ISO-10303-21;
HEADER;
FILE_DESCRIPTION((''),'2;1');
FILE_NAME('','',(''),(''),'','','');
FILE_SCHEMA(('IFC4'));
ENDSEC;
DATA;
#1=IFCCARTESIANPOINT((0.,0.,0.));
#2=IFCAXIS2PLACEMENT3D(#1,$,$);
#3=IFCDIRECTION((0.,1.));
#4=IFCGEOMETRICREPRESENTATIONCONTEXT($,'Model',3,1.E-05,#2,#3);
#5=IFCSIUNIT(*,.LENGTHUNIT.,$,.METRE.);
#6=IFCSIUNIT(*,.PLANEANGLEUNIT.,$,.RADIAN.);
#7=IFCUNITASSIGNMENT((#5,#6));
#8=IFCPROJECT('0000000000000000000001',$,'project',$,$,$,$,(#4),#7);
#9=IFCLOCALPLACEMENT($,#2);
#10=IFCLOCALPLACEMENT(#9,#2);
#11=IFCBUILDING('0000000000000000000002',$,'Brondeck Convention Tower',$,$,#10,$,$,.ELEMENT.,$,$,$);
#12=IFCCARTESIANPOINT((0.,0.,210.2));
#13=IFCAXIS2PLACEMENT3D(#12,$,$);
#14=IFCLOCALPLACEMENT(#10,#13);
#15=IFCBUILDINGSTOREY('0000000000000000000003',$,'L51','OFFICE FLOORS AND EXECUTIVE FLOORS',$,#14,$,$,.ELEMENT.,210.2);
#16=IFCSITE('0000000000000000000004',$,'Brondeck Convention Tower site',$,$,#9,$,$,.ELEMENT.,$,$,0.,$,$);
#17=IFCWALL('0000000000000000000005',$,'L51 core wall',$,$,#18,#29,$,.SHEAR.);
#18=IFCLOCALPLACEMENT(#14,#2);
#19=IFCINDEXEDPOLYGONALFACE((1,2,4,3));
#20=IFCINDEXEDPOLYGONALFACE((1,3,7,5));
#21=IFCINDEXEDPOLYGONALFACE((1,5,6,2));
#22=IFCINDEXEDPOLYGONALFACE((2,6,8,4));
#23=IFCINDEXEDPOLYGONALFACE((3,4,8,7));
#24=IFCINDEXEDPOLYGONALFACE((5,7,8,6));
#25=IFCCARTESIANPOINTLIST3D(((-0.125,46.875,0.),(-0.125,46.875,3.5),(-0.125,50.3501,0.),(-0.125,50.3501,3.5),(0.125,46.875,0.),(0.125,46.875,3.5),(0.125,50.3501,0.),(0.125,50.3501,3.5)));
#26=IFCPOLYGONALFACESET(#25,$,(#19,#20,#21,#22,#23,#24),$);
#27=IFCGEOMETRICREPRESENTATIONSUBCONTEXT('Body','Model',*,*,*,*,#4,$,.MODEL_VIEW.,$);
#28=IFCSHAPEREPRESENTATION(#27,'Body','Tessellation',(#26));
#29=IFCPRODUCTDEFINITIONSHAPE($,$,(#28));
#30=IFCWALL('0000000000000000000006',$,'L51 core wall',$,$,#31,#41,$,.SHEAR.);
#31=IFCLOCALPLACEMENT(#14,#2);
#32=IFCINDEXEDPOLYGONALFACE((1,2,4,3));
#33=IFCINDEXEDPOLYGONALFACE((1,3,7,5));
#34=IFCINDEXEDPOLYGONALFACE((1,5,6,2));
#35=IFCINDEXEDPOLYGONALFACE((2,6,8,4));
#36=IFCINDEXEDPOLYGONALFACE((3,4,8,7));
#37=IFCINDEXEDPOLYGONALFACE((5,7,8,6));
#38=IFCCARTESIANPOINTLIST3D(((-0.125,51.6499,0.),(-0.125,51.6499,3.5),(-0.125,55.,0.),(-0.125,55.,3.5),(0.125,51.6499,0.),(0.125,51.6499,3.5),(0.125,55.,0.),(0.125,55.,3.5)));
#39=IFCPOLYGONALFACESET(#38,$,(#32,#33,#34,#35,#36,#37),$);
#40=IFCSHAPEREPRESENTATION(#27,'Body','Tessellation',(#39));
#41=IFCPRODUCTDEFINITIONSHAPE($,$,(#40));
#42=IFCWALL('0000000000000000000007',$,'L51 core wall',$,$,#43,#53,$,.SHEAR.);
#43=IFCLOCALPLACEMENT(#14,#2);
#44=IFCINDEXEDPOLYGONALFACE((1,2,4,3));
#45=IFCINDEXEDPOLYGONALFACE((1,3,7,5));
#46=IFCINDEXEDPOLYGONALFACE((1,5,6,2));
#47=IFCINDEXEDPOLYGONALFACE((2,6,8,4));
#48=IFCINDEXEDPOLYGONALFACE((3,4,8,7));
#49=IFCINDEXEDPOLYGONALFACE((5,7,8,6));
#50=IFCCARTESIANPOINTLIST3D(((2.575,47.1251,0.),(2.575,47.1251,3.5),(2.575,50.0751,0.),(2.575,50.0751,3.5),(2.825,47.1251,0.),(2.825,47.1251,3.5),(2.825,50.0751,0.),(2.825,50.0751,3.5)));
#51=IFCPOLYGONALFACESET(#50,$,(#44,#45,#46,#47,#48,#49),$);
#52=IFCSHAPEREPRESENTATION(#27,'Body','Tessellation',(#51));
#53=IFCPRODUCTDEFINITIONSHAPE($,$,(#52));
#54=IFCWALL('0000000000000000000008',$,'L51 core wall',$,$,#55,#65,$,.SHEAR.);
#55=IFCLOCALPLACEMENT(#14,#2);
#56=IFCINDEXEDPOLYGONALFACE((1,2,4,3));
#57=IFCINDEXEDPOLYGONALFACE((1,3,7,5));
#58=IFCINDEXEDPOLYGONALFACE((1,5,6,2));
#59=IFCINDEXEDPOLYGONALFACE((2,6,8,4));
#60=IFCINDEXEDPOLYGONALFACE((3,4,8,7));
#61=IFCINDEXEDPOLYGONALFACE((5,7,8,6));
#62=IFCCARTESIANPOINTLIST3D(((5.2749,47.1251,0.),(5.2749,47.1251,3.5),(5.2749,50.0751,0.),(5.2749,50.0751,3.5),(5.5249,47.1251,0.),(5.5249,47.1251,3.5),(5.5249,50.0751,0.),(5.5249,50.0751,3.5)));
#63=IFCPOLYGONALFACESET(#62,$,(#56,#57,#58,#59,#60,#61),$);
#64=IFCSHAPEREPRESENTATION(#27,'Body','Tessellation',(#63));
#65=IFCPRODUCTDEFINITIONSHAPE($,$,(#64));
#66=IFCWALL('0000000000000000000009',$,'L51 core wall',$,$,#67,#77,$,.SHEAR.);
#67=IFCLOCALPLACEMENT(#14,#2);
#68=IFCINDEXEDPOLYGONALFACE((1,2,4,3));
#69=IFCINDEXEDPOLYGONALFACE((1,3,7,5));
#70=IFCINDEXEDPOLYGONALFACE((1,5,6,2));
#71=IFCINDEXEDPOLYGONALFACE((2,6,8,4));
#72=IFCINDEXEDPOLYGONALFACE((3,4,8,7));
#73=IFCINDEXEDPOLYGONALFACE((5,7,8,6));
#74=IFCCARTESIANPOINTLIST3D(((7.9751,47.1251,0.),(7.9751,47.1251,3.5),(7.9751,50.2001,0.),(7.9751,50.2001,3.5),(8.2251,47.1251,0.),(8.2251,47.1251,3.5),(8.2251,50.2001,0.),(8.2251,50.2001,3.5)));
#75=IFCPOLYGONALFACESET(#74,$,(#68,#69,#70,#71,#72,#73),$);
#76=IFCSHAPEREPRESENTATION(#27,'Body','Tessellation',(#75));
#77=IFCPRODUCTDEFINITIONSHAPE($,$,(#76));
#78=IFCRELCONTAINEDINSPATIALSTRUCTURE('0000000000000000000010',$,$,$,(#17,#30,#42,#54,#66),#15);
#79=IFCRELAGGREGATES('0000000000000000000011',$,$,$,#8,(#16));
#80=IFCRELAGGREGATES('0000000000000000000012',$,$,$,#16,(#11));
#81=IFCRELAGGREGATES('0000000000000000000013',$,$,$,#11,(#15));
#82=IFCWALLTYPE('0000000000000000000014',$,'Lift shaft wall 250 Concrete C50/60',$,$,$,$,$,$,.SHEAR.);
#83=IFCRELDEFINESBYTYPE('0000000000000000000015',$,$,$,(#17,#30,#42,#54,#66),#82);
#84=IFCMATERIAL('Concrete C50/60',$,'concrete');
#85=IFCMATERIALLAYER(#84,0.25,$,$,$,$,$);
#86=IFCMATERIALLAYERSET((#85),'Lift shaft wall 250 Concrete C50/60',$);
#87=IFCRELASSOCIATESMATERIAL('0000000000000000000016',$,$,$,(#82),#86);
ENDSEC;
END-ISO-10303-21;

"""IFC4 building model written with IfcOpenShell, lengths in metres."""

from ifc_helpers import new_model, si_unit, direction, frame, frame_2d, origin, place, context, subcontext, project, spatial, rectangle, extrude, material, layer, layer_set, type_object, element, save


model = new_model("IFC4")

# Units and contexts
model_context = context("Model", 3, precision=1e-05, world=origin(), true_north=direction((0.0, 1.0)))
body_context = subcontext(model_context, "Body", "Model", "MODEL_VIEW")
ifc_project = project(units=[si_unit("LENGTHUNIT", "METRE"), si_unit("PLANEANGLEUNIT", "RADIAN")], contexts=[model_context])

# Site, building, storey
site_placement = place(None, origin())
site = spatial("IfcSite", under=ifc_project, at=site_placement, Name="Brondeck Convention Tower site", CompositionType="ELEMENT", RefElevation=0.0)
building_placement = place(site_placement, origin())
building = spatial("IfcBuilding", under=site, at=building_placement, Name="Brondeck Convention Tower", CompositionType="ELEMENT")
storey_placement = place(building_placement, frame((0.0, 0.0, 210.2)))
storey = spatial("IfcBuildingStorey", under=building, at=storey_placement, Name="L51", Description="OFFICE FLOORS AND EXECUTIVE FLOORS", CompositionType="ELEMENT", Elevation=210.2)

# Shared definitions
ifc_material_1 = material(Name="Concrete C50/60", Category="concrete")

# Shared definitions
ifc_layer_1 = layer(ifc_material_1, 0.25)
ifc_layer_set_1 = layer_set([ifc_layer_1], Name="Lift shaft wall 250 Concrete C50/60")
wall_type_1 = type_object("IfcWallType", Name="Lift shaft wall 250 Concrete C50/60", PredefinedType="SHEAR", material=ifc_layer_set_1)

# Walls
wall_1_placement = place(storey_placement, frame((0.0, 46.875, 0.0), z_axis=(0.0, 0.0, 1.0), x_axis=(0.0, 1.0, 0.0)))
element("IfcWall", 1, at=wall_1_placement, inside=storey, type_object=wall_type_1, Name="L51 core wall", PredefinedType="SHEAR", context=body_context, shape_type="SweptSolid", body=[
    extrude(rectangle(XDim=3.4751, YDim=0.25, at=frame_2d((1.7375, 0.0))), origin(), (0.0, 0.0, 1.0), 3.5),
])
wall_2_placement = place(storey_placement, frame((0.0, 51.6499, 0.0), z_axis=(0.0, 0.0, 1.0), x_axis=(0.0, 1.0, 0.0)))
element("IfcWall", 2, at=wall_2_placement, inside=storey, type_object=wall_type_1, Name="L51 core wall", PredefinedType="SHEAR", context=body_context, shape_type="SweptSolid", body=[
    extrude(rectangle(XDim=3.3501, YDim=0.25, at=frame_2d((1.675, 0.0))), origin(), (0.0, 0.0, 1.0), 3.5),
])
for number, where, z_axis, x_axis, name in (
    (3, (2.7, 47.125, 0.0), (0.0, 0.0, 1.0), (0.0, 1.0, 0.0), "L51 core wall"),
    (4, (5.3999, 47.125, 0.0), (0.0, 0.0, 1.0), (0.0, 1.0, 0.0), "L51 core wall"),
):
    element("IfcWall", number, at=place(storey_placement, frame(where, z_axis=z_axis, x_axis=x_axis)), inside=storey, type_object=wall_type_1, Name=name, PredefinedType="SHEAR", context=body_context, shape_type="SweptSolid", body=[
        extrude(rectangle(XDim=2.95, YDim=0.25, at=frame_2d((1.4751, 0.0))), origin(), (0.0, 0.0, 1.0), 3.5),
    ])
wall_3_placement = place(storey_placement, frame((8.1001, 47.125, 0.0), z_axis=(0.0, 0.0, 1.0), x_axis=(0.0, 1.0, 0.0)))
element("IfcWall", 5, at=wall_3_placement, inside=storey, type_object=wall_type_1, Name="L51 core wall", PredefinedType="SHEAR", context=body_context, shape_type="SweptSolid", body=[
    extrude(rectangle(XDim=3.075, YDim=0.25, at=frame_2d((1.5376, 0.0))), origin(), (0.0, 0.0, 1.0), 3.5),
])

save(model, "model.ifc")
